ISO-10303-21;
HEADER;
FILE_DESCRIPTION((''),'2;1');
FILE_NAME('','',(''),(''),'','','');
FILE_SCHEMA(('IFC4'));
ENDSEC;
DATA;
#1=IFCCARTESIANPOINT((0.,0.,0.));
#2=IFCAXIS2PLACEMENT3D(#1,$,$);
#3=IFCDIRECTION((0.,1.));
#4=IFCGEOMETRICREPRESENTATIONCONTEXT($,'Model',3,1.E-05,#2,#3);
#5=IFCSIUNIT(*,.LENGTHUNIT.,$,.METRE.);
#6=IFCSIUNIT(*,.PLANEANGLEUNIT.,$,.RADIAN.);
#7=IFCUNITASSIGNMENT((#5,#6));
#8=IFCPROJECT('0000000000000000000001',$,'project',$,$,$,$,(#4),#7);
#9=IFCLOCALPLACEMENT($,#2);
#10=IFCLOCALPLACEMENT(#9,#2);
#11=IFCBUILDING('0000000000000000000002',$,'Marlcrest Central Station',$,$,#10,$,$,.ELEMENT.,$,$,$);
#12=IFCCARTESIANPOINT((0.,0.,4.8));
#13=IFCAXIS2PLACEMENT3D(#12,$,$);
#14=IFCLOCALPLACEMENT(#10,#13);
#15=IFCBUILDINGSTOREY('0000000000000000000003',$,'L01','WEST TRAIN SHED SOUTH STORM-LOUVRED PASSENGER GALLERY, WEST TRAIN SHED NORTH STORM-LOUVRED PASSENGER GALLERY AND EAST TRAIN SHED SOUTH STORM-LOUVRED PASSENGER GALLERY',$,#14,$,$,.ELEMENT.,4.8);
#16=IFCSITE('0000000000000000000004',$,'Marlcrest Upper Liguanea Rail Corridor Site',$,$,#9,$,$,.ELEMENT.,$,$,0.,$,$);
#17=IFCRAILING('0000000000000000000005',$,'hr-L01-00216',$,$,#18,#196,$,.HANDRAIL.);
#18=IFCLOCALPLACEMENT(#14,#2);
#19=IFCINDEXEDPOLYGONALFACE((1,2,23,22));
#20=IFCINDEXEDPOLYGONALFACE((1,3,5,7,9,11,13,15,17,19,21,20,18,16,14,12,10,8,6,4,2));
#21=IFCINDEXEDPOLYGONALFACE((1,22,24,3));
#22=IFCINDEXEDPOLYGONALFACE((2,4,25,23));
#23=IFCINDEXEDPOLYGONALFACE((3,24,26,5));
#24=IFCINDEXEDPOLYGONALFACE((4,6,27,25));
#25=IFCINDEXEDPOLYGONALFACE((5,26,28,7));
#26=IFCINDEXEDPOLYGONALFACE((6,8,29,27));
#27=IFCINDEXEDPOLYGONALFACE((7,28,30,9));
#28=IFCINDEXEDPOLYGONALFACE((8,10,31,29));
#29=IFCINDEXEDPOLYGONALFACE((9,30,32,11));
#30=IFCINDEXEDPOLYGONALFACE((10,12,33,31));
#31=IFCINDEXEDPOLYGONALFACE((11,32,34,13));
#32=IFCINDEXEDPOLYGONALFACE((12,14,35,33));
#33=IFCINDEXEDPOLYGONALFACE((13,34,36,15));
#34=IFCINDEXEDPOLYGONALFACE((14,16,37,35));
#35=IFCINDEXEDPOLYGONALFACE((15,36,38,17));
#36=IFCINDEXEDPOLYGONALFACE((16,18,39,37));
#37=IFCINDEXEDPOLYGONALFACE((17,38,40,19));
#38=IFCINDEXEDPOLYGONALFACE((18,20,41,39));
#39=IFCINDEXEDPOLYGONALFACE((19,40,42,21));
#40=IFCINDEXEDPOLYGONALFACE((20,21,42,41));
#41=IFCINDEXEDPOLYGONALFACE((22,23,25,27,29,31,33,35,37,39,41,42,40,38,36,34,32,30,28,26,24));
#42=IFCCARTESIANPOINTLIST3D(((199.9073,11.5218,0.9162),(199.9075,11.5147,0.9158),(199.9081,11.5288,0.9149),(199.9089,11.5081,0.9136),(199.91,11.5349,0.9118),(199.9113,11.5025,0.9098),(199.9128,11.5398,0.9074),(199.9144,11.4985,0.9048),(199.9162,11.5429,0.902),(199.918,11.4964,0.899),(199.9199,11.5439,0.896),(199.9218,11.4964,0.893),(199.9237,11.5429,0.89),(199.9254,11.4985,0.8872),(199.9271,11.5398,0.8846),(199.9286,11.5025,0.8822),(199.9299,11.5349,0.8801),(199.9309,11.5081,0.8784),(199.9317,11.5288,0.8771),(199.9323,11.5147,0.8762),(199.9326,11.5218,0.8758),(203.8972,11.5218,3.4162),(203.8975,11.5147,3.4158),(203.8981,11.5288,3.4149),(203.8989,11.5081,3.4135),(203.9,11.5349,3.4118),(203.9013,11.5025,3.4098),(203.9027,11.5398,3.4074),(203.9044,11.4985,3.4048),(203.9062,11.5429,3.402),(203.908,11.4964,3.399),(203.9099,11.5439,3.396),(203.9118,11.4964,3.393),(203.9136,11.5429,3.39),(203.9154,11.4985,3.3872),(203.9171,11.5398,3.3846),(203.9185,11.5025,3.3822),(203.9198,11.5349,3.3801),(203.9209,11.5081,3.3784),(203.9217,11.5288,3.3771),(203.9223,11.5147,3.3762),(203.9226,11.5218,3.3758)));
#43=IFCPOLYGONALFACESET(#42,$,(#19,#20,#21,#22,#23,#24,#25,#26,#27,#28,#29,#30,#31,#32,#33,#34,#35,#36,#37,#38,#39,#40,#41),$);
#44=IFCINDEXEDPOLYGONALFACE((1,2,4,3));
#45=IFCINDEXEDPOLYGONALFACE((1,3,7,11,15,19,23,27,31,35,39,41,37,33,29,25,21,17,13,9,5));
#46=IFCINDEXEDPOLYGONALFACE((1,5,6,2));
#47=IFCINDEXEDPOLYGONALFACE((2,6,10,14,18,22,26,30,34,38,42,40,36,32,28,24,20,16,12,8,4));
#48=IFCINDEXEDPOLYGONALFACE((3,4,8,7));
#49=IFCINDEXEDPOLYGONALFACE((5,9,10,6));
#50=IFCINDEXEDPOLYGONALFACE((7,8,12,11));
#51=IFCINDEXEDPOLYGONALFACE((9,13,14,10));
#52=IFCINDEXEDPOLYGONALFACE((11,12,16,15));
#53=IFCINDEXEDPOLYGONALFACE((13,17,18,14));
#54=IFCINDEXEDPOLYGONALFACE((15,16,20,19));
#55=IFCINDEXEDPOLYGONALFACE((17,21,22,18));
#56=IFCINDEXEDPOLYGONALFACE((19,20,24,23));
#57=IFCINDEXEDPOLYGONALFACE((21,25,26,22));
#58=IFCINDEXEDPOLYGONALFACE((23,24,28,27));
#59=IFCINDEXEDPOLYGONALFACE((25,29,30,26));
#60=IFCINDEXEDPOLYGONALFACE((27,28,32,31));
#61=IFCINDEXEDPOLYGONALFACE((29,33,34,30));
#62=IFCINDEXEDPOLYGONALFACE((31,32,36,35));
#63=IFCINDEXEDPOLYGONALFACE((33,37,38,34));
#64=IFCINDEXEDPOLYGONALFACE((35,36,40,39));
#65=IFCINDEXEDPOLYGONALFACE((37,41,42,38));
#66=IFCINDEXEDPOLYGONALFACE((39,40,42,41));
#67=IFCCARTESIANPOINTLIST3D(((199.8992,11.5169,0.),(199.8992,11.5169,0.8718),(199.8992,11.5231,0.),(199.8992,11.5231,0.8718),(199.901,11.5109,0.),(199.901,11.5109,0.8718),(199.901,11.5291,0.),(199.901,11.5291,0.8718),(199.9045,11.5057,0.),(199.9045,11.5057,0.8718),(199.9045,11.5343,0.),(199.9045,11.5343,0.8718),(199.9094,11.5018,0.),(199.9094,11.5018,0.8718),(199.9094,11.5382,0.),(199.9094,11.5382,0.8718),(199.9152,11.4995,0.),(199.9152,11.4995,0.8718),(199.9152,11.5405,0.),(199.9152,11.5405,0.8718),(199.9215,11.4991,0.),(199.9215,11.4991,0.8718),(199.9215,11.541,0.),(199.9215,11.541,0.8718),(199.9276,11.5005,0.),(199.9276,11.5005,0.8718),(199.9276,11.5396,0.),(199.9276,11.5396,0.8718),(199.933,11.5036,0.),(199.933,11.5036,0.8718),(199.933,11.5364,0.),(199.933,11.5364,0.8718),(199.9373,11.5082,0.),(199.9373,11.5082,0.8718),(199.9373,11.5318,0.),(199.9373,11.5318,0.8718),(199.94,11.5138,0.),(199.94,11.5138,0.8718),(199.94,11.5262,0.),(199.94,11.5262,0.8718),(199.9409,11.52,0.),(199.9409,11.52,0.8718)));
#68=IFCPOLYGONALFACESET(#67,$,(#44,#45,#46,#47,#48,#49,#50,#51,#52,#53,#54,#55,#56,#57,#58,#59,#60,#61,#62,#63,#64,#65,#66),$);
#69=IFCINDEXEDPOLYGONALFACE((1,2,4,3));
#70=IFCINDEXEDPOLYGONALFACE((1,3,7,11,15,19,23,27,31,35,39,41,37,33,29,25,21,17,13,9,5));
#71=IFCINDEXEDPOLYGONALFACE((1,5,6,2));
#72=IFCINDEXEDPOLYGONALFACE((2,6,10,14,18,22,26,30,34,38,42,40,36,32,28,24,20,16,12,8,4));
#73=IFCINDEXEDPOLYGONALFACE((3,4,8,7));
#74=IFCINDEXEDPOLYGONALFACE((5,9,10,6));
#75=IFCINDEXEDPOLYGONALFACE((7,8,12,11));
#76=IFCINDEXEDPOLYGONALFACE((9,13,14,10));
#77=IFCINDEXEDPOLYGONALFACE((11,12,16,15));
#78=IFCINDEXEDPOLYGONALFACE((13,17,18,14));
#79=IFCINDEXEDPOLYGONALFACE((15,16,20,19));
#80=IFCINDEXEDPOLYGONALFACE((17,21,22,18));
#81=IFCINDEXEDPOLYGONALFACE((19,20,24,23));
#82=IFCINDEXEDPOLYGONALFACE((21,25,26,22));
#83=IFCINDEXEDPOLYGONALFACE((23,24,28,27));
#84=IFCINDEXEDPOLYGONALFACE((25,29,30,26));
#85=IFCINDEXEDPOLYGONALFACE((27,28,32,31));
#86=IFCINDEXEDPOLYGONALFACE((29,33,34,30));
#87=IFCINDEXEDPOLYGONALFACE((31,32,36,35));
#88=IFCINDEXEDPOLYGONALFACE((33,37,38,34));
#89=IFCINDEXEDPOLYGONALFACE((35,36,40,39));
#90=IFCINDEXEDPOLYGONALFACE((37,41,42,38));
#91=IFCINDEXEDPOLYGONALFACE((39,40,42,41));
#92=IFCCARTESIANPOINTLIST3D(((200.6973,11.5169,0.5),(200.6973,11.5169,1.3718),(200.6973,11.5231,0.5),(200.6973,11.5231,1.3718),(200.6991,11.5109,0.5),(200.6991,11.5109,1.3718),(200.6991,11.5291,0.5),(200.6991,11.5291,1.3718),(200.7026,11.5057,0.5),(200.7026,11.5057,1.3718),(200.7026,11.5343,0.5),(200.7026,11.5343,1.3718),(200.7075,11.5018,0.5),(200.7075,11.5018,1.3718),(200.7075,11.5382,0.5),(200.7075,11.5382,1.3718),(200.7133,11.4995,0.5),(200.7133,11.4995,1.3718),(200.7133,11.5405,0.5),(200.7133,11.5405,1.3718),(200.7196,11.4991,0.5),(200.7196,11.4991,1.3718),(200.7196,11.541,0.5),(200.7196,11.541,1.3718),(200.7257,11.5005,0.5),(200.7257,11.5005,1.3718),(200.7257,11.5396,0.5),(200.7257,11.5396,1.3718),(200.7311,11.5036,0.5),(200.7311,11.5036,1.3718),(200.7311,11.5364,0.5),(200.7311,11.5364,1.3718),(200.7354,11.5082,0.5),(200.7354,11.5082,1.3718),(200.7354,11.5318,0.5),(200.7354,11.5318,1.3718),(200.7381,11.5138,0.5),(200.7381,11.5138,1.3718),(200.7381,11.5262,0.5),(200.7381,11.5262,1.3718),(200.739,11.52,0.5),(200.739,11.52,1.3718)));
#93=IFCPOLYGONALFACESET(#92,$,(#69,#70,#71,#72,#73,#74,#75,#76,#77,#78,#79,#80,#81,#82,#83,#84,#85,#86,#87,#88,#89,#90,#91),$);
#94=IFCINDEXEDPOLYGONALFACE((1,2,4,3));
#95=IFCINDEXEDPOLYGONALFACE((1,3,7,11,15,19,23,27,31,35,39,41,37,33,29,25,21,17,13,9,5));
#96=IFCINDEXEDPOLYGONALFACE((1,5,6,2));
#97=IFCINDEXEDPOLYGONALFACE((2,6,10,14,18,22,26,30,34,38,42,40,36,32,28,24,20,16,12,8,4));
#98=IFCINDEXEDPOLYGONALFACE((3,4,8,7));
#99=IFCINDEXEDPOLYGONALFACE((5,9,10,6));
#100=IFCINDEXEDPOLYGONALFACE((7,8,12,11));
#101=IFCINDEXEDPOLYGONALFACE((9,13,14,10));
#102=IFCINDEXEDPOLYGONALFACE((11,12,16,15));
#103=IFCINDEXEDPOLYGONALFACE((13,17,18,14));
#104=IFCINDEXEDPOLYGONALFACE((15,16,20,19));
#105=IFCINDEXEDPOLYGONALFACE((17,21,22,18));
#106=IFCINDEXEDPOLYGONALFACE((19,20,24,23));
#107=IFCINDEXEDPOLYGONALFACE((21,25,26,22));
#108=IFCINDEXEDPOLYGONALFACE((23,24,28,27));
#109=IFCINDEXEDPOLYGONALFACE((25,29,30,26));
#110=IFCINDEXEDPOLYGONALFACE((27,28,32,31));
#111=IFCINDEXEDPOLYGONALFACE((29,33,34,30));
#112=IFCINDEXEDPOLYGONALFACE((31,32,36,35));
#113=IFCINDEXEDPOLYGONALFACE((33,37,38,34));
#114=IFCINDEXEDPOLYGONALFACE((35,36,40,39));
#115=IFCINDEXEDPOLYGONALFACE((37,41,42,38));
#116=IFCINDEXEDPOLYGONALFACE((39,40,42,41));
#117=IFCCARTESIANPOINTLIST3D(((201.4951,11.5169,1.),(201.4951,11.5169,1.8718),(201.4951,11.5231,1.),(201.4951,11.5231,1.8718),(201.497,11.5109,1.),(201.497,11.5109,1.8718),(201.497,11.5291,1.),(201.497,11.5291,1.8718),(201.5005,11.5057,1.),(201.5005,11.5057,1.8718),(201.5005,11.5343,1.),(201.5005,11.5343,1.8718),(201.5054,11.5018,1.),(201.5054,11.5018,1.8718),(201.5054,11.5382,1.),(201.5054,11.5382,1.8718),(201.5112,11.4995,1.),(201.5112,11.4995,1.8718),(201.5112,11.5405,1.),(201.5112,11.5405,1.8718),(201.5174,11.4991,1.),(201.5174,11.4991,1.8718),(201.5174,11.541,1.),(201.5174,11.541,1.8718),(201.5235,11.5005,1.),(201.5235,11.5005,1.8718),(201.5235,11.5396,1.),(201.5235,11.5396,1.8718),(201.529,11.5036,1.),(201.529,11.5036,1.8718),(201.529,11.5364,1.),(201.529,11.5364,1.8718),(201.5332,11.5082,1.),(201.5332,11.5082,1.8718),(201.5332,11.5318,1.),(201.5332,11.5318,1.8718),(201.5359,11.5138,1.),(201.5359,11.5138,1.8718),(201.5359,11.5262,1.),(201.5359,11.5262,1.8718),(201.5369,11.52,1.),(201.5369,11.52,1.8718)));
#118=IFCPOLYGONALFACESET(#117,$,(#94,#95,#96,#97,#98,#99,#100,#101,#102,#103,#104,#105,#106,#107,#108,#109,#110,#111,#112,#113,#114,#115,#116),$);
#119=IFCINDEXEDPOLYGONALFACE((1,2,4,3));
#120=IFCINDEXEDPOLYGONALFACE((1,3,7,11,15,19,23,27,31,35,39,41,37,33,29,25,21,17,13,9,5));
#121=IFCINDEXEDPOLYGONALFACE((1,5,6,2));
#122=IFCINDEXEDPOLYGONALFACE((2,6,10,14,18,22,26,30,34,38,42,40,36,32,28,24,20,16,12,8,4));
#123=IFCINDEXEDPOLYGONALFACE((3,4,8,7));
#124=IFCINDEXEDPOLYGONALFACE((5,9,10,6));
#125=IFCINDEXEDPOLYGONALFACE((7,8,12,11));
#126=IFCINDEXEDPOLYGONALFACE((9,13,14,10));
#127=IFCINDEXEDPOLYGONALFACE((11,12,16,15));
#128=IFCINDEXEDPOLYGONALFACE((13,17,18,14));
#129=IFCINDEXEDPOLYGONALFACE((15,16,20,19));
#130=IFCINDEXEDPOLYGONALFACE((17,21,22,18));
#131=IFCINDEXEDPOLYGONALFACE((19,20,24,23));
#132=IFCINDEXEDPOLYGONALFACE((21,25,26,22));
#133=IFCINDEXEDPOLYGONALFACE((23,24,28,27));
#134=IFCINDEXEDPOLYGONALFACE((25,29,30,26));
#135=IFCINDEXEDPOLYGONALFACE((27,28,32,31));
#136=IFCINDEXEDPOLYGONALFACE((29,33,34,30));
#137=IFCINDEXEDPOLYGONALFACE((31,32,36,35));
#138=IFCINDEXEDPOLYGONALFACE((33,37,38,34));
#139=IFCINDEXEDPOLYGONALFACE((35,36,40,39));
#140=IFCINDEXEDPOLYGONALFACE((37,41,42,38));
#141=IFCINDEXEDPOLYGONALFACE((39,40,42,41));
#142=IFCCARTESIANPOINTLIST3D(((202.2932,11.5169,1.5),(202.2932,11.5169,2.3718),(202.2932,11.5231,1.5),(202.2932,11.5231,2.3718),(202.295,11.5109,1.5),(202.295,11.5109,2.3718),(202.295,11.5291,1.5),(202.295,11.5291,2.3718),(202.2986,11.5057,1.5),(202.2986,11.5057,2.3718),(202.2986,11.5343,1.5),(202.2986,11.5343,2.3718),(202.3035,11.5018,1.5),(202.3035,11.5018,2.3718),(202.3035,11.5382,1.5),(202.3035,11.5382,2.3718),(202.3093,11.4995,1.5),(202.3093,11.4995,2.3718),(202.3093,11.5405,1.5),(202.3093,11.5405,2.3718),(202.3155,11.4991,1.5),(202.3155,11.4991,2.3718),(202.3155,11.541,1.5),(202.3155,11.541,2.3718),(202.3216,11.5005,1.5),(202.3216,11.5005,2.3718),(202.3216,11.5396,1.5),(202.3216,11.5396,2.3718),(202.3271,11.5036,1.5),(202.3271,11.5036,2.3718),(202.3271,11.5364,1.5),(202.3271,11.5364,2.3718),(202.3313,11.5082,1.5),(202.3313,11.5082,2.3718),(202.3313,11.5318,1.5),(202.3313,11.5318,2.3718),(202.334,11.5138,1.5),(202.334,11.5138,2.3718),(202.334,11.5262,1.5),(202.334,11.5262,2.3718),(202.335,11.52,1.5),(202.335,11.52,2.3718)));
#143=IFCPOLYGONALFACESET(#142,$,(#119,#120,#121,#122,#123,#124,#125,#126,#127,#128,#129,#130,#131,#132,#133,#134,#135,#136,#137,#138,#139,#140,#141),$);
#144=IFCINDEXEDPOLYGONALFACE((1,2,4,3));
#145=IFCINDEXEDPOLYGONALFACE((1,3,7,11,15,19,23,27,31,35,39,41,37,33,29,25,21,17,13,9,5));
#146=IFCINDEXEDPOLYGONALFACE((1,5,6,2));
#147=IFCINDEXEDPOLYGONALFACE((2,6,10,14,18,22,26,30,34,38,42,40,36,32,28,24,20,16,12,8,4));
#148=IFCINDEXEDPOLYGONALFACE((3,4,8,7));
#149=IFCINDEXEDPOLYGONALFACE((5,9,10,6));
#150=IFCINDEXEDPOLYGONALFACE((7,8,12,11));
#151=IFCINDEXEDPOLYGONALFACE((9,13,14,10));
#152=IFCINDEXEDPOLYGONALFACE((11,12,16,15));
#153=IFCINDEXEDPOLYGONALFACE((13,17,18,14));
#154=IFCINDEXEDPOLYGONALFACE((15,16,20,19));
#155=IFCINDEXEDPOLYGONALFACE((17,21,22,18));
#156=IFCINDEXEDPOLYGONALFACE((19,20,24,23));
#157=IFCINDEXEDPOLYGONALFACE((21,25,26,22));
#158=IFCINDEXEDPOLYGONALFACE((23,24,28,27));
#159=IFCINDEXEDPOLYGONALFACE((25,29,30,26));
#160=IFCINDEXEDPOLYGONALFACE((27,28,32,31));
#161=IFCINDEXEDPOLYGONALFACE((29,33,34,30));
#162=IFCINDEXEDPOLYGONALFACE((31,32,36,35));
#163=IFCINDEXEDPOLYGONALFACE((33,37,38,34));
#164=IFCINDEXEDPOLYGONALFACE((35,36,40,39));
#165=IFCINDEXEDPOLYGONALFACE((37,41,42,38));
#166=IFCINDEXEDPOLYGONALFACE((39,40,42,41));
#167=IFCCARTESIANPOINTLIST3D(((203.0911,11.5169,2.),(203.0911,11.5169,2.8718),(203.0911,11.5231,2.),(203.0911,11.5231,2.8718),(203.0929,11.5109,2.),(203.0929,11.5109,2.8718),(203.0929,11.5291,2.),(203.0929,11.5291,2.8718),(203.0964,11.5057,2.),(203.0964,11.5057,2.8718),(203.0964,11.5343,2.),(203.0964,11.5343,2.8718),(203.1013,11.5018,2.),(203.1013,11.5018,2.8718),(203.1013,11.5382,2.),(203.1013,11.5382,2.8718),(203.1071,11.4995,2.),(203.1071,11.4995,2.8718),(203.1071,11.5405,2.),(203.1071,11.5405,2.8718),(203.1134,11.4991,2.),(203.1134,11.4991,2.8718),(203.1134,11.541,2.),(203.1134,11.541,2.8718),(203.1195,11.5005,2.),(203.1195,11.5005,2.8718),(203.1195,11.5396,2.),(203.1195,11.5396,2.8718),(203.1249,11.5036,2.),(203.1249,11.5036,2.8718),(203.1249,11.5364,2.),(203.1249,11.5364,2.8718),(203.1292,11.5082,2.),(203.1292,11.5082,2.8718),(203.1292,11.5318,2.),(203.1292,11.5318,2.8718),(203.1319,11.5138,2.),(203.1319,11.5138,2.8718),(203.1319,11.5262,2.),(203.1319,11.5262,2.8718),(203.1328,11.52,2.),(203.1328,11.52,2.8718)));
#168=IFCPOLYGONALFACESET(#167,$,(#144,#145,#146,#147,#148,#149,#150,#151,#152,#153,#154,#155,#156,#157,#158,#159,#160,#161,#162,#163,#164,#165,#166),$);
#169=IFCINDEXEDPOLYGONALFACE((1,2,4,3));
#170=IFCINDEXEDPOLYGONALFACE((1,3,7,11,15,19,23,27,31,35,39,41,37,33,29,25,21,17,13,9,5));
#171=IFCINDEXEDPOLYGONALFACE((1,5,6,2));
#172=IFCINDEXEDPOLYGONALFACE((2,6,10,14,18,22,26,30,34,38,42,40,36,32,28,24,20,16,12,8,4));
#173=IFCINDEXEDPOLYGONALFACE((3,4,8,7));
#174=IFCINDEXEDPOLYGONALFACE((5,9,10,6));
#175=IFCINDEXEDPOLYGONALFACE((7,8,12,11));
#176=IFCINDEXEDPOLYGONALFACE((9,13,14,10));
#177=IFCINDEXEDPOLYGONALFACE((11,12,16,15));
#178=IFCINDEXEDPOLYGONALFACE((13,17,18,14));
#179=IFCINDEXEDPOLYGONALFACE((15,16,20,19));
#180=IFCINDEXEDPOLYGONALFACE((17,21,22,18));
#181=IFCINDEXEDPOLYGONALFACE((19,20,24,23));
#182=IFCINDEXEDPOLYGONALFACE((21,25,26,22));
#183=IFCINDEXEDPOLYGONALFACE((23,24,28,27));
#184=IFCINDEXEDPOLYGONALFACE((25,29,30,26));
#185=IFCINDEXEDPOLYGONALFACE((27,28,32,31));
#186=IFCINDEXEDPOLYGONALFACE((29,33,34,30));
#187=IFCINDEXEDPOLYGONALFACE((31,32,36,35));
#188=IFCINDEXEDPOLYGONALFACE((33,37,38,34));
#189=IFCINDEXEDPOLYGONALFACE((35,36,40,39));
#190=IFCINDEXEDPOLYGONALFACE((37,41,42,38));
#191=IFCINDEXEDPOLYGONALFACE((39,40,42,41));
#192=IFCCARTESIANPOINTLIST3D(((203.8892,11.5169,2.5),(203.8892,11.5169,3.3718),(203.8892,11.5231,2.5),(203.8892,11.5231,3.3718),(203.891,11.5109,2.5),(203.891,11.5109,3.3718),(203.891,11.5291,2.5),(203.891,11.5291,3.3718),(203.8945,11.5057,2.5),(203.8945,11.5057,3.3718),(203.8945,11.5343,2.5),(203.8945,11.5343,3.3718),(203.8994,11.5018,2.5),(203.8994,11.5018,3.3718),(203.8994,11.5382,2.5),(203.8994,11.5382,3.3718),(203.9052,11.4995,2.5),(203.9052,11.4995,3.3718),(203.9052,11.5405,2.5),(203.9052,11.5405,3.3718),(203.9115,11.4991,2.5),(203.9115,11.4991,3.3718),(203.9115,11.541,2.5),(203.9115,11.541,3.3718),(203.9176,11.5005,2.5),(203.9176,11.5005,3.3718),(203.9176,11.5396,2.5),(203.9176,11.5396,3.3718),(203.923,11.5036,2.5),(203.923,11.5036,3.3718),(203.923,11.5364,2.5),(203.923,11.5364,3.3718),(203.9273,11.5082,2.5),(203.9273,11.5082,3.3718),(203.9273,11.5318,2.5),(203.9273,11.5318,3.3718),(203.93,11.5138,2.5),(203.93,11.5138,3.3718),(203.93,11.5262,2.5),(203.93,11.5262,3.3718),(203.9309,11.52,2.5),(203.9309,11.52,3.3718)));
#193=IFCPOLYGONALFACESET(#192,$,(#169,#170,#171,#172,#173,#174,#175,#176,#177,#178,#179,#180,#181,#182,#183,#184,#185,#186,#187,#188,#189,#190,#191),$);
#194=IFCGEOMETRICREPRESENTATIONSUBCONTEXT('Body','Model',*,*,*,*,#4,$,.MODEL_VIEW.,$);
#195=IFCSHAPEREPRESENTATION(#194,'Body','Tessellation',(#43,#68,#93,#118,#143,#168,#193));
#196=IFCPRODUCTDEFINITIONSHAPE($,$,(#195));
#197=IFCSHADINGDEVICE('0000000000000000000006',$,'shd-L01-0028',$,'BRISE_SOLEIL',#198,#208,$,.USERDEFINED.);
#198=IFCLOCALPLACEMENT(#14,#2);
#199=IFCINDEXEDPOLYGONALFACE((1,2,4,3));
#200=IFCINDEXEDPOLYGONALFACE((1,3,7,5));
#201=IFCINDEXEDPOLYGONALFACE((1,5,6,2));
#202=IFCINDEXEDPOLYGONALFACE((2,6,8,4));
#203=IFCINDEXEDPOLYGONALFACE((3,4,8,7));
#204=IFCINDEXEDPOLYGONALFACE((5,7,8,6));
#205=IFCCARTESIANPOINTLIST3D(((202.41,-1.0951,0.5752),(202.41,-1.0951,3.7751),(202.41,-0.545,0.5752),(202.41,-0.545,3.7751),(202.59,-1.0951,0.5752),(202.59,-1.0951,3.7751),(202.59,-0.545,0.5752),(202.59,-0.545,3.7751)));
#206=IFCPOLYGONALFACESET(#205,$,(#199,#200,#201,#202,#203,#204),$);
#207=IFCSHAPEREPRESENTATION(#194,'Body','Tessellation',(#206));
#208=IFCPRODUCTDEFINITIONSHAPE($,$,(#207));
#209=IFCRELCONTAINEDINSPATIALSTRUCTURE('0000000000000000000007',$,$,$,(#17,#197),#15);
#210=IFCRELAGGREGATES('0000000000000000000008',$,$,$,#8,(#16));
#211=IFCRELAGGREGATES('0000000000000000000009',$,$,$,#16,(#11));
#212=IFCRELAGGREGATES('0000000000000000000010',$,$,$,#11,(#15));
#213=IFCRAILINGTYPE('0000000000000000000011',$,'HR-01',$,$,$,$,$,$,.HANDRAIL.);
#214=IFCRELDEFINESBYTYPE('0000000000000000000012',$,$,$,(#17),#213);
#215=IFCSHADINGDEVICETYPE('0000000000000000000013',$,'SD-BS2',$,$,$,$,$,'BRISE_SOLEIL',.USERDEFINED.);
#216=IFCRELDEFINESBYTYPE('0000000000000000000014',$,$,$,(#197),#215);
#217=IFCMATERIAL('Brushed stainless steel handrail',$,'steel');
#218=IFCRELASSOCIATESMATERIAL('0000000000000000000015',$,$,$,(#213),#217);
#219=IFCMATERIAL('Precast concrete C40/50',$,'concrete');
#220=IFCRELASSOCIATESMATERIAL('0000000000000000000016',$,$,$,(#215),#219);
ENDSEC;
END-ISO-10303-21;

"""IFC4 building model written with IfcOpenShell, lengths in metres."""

from ifc_helpers import new_model, si_unit, direction, frame, origin, origin_2d, place, context, subcontext, project, spatial, rectangle, circle, extrude, material, type_object, element, save


model = new_model("IFC4")

# Units and contexts
model_context = context("Model", 3, precision=1e-05, world=origin(), true_north=direction((0.0, 1.0)))
body_context = subcontext(model_context, "Body", "Model", "MODEL_VIEW")
ifc_project = project(units=[si_unit("LENGTHUNIT", "METRE"), si_unit("PLANEANGLEUNIT", "RADIAN")], contexts=[model_context])

# Site, building, storey
site_placement = place(None, origin())
site = spatial("IfcSite", under=ifc_project, at=site_placement, Name="Marlcrest Upper Liguanea Rail Corridor Site", CompositionType="ELEMENT", RefElevation=0.0)
building_placement = place(site_placement, origin())
building = spatial("IfcBuilding", under=site, at=building_placement, Name="Marlcrest Central Station", CompositionType="ELEMENT")
storey_placement = place(building_placement, frame((0.0, 0.0, 4.8)))
storey = spatial("IfcBuildingStorey", under=building, at=storey_placement, Name="L01", Description="WEST TRAIN SHED SOUTH STORM-LOUVRED PASSENGER GALLERY, WEST TRAIN SHED NORTH STORM-LOUVRED PASSENGER GALLERY AND EAST TRAIN SHED SOUTH STORM-LOUVRED PASSENGER GALLERY", CompositionType="ELEMENT", Elevation=4.8)

# Shared definitions
ifc_material_1 = material(Name="Precast concrete C40/50", Category="concrete")

# Railing
ifc_material_2 = material(Name="Brushed stainless steel handrail", Category="steel")
railing_type_1 = type_object("IfcRailingType", Name="HR-01", PredefinedType="HANDRAIL", material=ifc_material_2)
railing_1_placement = place(storey_placement, frame((199.9199, 11.52, 0.0)))
element("IfcRailing", 1, at=railing_1_placement, inside=storey, type_object=railing_type_1, Name="hr-L01-00216", PredefinedType="HANDRAIL", context=body_context, shape_type="SweptSolid", body=[
    extrude(circle(Radius=0.0239, at=origin_2d()), frame((0.0, 0.0, 0.896), z_axis=(0.847401, 0.0, 0.530954), x_axis=(0.0, 1.0, 0.0)), (0.0, 0.0, 1.0), 4.7085),
    extrude(circle(Radius=0.021, at=origin_2d()), origin(), (0.0, 0.0, 1.0), 0.8718),
    extrude(circle(Radius=0.021, at=origin_2d()), frame((0.7981, 0.0, 0.5)), (0.0, 0.0, 1.0), 0.8718),
    extrude(circle(Radius=0.021, at=origin_2d()), frame((1.5959, 0.0, 1.0)), (0.0, 0.0, 1.0), 0.8718),
    extrude(circle(Radius=0.021, at=origin_2d()), frame((2.394, 0.0, 1.5)), (0.0, 0.0, 1.0), 0.8718),
    extrude(circle(Radius=0.021, at=origin_2d()), frame((3.1919, 0.0, 2.0)), (0.0, 0.0, 1.0), 0.8718),
    extrude(circle(Radius=0.021, at=origin_2d()), frame((3.99, 0.0, 2.5)), (0.0, 0.0, 1.0), 0.8718),
])

# Shading device
shading_device_type = type_object("IfcShadingDeviceType", Name="SD-BS2", ElementType="BRISE_SOLEIL", PredefinedType="USERDEFINED", material=ifc_material_1)
shading_device_placement = place(storey_placement, frame((202.5, -0.8201, 0.5752), z_axis=(0.0, 0.0, 1.0), x_axis=(1.0, 0.0, 0.0)))
element("IfcShadingDevice", 2, at=shading_device_placement, inside=storey, type_object=shading_device_type, Name="shd-L01-0028", ObjectType="BRISE_SOLEIL", PredefinedType="USERDEFINED", context=body_context, shape_type="SweptSolid", body=[
    extrude(rectangle(XDim=0.1799, YDim=0.55, at=origin_2d()), origin(), (0.0, 0.0, 1.0), 3.2),
])

save(model, "model.ifc")
